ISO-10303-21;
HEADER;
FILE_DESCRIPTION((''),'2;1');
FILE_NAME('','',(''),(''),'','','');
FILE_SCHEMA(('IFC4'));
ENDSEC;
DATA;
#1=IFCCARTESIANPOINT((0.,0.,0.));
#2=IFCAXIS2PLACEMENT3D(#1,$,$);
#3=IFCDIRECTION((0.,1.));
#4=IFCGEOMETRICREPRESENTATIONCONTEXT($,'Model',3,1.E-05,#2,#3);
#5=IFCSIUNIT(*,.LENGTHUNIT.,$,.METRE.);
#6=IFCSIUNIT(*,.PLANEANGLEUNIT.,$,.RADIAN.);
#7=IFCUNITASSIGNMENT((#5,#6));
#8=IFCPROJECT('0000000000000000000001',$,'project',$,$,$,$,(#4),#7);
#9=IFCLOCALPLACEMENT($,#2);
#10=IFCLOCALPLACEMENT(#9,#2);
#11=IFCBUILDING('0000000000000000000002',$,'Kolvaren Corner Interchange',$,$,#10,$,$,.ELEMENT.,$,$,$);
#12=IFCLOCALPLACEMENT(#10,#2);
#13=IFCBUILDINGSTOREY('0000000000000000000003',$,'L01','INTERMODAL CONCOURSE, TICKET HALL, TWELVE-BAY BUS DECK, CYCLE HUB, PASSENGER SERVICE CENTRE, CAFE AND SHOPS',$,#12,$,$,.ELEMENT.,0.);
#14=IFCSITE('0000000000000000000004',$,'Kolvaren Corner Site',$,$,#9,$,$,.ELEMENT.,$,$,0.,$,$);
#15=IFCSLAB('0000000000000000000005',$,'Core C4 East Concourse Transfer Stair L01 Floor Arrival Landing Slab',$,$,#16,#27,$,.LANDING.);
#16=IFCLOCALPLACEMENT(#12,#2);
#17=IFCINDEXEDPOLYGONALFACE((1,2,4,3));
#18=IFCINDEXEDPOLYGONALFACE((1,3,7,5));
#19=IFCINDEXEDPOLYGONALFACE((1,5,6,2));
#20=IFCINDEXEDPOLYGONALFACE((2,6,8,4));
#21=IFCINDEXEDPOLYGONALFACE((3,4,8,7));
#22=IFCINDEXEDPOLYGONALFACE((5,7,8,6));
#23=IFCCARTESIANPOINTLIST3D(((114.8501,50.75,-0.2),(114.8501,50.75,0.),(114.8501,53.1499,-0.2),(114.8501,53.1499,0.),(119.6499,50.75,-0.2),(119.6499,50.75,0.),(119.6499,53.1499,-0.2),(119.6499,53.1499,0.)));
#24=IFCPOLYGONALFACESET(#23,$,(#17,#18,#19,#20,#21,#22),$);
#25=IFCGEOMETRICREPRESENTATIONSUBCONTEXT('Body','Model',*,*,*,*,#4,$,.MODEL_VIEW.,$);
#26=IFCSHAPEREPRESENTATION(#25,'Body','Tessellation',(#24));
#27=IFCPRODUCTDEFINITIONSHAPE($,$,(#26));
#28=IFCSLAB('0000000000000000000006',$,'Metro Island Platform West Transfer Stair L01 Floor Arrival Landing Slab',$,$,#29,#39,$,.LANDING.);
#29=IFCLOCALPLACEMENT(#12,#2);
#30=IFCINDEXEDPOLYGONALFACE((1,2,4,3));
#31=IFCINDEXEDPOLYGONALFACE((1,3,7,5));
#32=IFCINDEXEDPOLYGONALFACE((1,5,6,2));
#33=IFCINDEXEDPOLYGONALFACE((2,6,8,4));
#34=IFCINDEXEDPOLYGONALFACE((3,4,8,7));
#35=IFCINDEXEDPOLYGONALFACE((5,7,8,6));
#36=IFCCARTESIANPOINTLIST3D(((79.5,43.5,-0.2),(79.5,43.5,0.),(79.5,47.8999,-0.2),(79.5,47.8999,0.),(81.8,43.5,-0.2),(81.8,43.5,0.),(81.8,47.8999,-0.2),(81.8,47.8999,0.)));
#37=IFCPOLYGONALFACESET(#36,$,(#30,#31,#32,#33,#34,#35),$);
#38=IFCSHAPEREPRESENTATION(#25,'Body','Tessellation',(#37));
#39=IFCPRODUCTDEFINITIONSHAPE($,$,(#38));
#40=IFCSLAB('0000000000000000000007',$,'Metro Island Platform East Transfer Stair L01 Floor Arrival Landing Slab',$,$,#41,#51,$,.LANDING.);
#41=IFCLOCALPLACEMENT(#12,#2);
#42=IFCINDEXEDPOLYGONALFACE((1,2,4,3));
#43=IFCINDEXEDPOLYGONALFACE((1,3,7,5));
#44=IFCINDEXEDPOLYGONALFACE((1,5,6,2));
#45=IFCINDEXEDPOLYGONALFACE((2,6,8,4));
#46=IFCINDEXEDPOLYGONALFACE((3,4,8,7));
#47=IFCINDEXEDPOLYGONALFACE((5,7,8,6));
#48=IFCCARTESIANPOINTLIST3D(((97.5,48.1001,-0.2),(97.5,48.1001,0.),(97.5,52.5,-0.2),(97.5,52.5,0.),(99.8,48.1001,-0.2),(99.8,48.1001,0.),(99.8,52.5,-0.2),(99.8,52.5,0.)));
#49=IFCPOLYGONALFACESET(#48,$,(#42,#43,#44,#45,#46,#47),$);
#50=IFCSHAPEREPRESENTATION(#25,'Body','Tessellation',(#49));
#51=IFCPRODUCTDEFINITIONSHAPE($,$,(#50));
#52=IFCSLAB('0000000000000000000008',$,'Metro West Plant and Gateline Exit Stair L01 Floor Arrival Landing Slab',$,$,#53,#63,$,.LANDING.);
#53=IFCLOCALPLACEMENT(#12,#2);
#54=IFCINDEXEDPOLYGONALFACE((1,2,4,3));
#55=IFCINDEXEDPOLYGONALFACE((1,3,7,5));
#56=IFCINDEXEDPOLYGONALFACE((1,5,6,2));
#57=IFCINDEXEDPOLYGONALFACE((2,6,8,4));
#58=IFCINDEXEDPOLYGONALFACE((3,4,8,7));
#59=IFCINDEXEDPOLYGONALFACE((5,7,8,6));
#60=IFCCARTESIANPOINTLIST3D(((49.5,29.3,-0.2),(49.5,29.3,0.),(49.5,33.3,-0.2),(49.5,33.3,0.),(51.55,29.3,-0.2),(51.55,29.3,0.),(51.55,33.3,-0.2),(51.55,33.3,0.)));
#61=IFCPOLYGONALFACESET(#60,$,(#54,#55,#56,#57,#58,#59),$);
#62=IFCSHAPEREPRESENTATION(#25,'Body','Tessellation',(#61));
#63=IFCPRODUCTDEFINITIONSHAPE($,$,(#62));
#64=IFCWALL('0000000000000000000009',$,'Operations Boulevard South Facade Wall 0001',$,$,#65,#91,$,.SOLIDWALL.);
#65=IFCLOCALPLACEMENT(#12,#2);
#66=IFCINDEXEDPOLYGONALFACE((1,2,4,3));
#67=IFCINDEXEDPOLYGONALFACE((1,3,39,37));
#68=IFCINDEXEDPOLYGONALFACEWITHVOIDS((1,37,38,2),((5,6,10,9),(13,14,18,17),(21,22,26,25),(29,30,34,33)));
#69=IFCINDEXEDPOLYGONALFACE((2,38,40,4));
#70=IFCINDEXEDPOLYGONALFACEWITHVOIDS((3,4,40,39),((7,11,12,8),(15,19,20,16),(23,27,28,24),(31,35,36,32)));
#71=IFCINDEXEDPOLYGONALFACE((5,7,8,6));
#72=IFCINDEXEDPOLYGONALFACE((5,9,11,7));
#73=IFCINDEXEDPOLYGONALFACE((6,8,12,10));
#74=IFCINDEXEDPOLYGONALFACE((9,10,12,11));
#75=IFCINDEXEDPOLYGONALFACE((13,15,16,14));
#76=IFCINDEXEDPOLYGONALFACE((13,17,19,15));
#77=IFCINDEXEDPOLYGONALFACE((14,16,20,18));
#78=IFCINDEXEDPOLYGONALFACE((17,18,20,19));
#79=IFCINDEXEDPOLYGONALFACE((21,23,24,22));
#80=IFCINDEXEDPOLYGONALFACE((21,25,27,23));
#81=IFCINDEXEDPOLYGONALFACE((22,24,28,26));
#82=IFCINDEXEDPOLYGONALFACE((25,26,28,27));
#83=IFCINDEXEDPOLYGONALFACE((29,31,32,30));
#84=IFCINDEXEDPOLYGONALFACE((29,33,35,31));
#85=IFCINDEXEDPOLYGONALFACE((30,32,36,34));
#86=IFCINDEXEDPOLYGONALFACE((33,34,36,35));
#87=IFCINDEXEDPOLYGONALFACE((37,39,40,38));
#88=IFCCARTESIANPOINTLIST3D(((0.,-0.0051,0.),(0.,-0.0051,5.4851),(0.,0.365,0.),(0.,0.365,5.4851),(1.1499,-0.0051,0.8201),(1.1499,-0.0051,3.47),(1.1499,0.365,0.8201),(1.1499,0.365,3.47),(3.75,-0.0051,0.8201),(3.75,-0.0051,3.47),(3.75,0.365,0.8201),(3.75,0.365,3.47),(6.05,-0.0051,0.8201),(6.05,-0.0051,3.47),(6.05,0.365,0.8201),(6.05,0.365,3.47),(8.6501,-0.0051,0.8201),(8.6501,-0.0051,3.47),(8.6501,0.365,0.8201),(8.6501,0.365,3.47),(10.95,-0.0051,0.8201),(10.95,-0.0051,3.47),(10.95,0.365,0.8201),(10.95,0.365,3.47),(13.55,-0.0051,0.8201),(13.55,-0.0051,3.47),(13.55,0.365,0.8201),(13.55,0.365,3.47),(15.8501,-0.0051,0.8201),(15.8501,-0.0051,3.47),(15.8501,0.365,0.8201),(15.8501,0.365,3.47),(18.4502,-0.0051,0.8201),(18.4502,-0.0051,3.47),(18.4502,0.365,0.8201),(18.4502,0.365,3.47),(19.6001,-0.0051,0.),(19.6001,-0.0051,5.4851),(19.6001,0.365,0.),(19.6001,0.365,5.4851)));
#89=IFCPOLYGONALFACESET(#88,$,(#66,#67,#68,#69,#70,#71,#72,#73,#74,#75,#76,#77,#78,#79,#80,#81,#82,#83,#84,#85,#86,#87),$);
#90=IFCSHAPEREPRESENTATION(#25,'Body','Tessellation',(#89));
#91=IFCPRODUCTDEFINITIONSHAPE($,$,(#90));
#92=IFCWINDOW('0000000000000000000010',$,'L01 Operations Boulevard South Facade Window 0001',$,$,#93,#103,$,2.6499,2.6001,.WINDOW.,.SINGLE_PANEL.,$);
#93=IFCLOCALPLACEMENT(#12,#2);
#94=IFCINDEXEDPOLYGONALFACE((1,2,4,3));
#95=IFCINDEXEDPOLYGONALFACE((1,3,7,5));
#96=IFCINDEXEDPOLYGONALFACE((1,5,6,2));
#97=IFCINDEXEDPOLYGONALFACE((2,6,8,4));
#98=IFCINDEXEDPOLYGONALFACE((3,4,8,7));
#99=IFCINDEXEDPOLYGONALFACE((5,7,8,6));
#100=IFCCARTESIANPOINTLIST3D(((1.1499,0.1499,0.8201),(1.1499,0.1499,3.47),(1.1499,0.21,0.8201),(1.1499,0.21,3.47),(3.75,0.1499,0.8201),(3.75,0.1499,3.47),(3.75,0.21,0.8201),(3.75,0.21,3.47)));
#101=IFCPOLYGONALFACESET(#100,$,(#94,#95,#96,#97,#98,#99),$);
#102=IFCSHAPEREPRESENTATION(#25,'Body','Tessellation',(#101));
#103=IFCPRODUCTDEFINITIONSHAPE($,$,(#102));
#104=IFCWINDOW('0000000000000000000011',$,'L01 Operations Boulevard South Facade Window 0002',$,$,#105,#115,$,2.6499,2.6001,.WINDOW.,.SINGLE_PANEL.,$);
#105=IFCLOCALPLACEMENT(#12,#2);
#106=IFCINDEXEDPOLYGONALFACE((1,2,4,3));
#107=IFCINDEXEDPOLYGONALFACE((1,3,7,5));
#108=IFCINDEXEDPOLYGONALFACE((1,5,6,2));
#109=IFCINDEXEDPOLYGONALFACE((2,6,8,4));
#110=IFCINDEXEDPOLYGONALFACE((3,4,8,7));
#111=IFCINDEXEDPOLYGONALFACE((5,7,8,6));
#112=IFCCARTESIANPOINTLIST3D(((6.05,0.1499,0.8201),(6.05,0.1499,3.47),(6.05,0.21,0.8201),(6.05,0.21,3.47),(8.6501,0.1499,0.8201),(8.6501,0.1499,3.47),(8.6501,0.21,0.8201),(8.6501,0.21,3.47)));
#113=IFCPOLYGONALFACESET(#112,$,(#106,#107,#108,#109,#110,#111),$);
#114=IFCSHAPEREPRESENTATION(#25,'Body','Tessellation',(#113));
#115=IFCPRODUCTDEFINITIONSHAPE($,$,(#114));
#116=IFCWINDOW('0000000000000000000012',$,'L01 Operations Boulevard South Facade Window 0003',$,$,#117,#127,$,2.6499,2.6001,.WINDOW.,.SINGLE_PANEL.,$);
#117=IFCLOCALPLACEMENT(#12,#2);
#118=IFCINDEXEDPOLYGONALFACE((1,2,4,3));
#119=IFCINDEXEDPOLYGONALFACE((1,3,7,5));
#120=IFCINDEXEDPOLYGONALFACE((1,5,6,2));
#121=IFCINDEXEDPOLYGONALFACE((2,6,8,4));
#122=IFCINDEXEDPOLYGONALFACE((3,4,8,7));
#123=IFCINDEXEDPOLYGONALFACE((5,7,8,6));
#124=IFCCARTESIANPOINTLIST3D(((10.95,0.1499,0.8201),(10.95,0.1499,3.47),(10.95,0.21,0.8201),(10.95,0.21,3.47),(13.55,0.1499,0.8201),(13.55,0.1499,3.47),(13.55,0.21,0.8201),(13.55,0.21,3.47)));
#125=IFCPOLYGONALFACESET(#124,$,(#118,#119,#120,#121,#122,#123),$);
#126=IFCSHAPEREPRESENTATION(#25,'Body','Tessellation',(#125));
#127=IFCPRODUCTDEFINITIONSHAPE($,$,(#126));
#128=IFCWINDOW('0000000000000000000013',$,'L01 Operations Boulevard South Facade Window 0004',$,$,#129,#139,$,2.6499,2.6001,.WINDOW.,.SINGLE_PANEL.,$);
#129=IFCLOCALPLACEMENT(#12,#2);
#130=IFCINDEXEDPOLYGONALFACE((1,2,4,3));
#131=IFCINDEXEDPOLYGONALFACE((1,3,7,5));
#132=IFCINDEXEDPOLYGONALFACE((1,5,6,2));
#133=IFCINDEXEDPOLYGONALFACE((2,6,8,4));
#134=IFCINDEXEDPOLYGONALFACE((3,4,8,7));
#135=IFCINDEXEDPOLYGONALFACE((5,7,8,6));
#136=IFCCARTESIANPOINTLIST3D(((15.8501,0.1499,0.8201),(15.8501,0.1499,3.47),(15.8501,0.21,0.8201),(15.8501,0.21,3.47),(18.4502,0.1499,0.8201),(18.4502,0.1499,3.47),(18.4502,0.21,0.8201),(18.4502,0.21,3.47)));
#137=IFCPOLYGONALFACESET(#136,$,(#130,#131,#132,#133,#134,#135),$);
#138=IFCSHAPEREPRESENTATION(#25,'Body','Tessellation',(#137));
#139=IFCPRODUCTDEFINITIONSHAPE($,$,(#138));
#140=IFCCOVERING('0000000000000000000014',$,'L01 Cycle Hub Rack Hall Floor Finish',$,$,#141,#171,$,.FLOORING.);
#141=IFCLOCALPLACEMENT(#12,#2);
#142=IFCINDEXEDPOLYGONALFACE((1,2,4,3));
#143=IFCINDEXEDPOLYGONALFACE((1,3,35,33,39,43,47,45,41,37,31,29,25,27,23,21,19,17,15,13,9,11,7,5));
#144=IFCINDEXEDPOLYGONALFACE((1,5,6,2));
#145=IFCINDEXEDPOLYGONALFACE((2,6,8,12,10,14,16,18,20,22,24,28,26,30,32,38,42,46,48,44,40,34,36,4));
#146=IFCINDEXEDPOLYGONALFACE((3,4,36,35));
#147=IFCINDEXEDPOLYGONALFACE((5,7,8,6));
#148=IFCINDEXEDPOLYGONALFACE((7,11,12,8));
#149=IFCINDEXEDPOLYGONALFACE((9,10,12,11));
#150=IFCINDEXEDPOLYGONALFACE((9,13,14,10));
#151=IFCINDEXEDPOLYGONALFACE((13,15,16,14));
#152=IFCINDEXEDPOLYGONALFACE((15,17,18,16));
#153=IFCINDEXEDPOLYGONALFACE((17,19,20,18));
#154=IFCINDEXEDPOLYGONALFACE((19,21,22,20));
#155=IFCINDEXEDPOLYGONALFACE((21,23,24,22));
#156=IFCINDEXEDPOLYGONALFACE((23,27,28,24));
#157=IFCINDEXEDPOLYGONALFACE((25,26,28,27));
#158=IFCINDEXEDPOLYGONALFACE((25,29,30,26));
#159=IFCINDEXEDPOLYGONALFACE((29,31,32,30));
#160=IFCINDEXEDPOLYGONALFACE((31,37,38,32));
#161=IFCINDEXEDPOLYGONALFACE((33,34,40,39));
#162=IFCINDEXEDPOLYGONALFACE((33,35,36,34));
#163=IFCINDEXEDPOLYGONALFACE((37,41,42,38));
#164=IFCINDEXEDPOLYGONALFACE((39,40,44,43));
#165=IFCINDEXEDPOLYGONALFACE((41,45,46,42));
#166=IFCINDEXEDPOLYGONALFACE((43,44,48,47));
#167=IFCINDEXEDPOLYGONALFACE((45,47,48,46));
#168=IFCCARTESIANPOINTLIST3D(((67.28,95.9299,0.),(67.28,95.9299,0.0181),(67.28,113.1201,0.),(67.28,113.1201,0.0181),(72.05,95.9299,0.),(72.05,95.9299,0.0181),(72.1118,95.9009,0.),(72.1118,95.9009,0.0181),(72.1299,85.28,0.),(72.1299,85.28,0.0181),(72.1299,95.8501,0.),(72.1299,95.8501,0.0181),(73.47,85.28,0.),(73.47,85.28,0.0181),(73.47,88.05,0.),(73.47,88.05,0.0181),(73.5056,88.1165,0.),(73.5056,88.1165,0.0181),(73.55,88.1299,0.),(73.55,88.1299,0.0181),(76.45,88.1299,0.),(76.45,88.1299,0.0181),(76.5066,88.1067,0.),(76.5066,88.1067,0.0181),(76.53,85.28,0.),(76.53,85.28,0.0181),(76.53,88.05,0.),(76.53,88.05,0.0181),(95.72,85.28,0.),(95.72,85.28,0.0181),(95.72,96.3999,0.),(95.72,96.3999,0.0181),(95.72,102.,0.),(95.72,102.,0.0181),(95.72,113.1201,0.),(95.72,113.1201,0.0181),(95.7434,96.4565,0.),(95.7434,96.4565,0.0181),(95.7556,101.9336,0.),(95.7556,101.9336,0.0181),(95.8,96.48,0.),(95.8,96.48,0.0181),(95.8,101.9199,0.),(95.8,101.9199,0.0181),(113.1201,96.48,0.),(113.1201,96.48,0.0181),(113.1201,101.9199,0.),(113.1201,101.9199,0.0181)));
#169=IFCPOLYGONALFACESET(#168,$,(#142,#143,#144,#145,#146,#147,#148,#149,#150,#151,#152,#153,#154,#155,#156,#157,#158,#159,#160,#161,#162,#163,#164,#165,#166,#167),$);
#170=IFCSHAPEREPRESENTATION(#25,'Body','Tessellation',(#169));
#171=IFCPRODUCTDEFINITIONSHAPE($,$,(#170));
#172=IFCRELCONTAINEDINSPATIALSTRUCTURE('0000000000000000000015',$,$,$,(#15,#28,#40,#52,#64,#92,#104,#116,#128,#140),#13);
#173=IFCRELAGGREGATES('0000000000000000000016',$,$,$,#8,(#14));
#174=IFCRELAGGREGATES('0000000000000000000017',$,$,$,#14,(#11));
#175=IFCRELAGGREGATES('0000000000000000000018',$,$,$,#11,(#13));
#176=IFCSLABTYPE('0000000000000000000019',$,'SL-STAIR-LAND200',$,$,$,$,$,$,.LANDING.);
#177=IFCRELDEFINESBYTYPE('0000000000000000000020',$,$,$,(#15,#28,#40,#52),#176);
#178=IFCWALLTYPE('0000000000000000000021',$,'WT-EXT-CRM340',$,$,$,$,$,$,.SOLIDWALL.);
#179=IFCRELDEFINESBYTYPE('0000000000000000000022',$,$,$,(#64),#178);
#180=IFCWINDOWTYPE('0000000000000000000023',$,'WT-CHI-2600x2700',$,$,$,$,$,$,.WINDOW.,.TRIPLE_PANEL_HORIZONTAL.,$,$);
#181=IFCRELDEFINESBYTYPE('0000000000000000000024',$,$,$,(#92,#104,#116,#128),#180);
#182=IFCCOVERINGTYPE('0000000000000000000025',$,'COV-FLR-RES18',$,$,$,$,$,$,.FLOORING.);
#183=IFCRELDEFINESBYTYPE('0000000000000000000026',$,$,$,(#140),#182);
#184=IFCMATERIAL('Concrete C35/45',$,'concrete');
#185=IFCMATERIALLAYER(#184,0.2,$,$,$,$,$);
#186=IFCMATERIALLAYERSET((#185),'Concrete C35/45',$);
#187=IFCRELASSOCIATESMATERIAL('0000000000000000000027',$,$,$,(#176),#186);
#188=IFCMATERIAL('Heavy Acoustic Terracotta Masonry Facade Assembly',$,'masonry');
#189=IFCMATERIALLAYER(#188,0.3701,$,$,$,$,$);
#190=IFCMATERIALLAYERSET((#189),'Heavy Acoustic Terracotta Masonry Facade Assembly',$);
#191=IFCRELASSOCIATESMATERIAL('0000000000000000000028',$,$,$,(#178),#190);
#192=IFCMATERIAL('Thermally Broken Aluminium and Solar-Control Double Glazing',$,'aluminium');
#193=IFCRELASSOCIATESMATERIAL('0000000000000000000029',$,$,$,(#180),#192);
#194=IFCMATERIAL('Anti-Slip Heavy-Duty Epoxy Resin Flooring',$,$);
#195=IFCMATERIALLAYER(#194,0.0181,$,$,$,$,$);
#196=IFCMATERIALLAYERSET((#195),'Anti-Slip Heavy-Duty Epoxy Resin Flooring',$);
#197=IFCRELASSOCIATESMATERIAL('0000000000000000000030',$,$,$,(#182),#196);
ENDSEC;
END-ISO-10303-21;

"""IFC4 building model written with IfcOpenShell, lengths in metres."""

from ifc_helpers import new_model, si_unit, direction, frame, frame_2d, origin, place, context, subcontext, project, spatial, polyline, rectangle, outline, extrude, material, layer, layer_set, type_object, element, fill, save


model = new_model("IFC4")

# Units and contexts
model_context = context("Model", 3, precision=1e-05, world=origin(), true_north=direction((0.0, 1.0)))
body_context = subcontext(model_context, "Body", "Model", "MODEL_VIEW")
ifc_project = project(units=[si_unit("LENGTHUNIT", "METRE"), si_unit("PLANEANGLEUNIT", "RADIAN")], contexts=[model_context])

# Site, building, storey
site_placement = place(None, origin())
site = spatial("IfcSite", under=ifc_project, at=site_placement, Name="Kolvaren Corner Site", CompositionType="ELEMENT", RefElevation=0.0)
building_placement = place(site_placement, origin())
building = spatial("IfcBuilding", under=site, at=building_placement, Name="Kolvaren Corner Interchange", CompositionType="ELEMENT")
storey_placement = place(building_placement, origin())
storey = spatial("IfcBuildingStorey", under=building, at=storey_placement, Name="L01", Description="INTERMODAL CONCOURSE, TICKET HALL, TWELVE-BAY BUS DECK, CYCLE HUB, PASSENGER SERVICE CENTRE, CAFE AND SHOPS", CompositionType="ELEMENT", Elevation=0.0)

# Slabs
ifc_material_1 = material(Name="Concrete C35/45", Category="concrete")
ifc_layer_1 = layer(ifc_material_1, 0.2)
ifc_layer_set_1 = layer_set([ifc_layer_1], Name="Concrete C35/45")
slab_type = type_object("IfcSlabType", Name="SL-STAIR-LAND200", PredefinedType="LANDING", material=ifc_layer_set_1)
slab_1_placement = place(storey_placement, frame((0.0, 0.0, -0.2)))
element("IfcSlab", 1, at=slab_1_placement, inside=storey, type_object=slab_type, Name="Core C4 East Concourse Transfer Stair L01 Floor Arrival Landing Slab", PredefinedType="LANDING", context=body_context, shape_type="SweptSolid", body=[
    extrude(outline(polyline([(119.6499, 50.75), (119.6499, 53.1499), (114.8501, 53.1499), (114.8501, 50.75), (119.6499, 50.75)])), origin(), (0.0, 0.0, 1.0), 0.2),
])
slab_2_placement = place(storey_placement, frame((0.0, 0.0, -0.2)))
element("IfcSlab", 2, at=slab_2_placement, inside=storey, type_object=slab_type, Name="Metro Island Platform West Transfer Stair L01 Floor Arrival Landing Slab", PredefinedType="LANDING", context=body_context, shape_type="SweptSolid", body=[
    extrude(outline(polyline([(79.5, 43.5), (81.8, 43.5), (81.8, 47.8999), (79.5, 47.8999), (79.5, 43.5)])), origin(), (0.0, 0.0, 1.0), 0.2),
])
slab_3_placement = place(storey_placement, frame((0.0, 0.0, -0.2)))
element("IfcSlab", 3, at=slab_3_placement, inside=storey, type_object=slab_type, Name="Metro Island Platform East Transfer Stair L01 Floor Arrival Landing Slab", PredefinedType="LANDING", context=body_context, shape_type="SweptSolid", body=[
    extrude(outline(polyline([(97.5, 48.1001), (99.8, 48.1001), (99.8, 52.5), (97.5, 52.5), (97.5, 48.1001)])), origin(), (0.0, 0.0, 1.0), 0.2),
])
slab_4_placement = place(storey_placement, frame((0.0, 0.0, -0.2)))
element("IfcSlab", 4, at=slab_4_placement, inside=storey, type_object=slab_type, Name="Metro West Plant and Gateline Exit Stair L01 Floor Arrival Landing Slab", PredefinedType="LANDING", context=body_context, shape_type="SweptSolid", body=[
    extrude(outline(polyline([(49.5, 29.3), (51.55, 29.3), (51.55, 33.3), (49.5, 33.3), (49.5, 29.3)])), origin(), (0.0, 0.0, 1.0), 0.2),
])

# Wall, openings, windows
ifc_material_2 = material(Name="Heavy Acoustic Terracotta Masonry Facade Assembly", Category="masonry")
ifc_layer_2 = layer(ifc_material_2, 0.3701)
ifc_layer_set_2 = layer_set([ifc_layer_2], Name="Heavy Acoustic Terracotta Masonry Facade Assembly")
wall_type = type_object("IfcWallType", Name="WT-EXT-CRM340", PredefinedType="SOLIDWALL", material=ifc_layer_set_2)
wall_placement = place(storey_placement, frame((0.0, 0.1799, 0.0), z_axis=(0.0, 0.0, 1.0), x_axis=(1.0, 0.0, 0.0)))
wall = element("IfcWall", 5, at=wall_placement, inside=storey, type_object=wall_type, Name="Operations Boulevard South Facade Wall 0001", PredefinedType="SOLIDWALL", context=body_context, shape_type="SweptSolid", body=[
    extrude(rectangle(XDim=19.6001, YDim=0.3701, at=frame_2d((9.8, 0.0))), origin(), (0.0, 0.0, 1.0), 5.4851),
])
opening_1_placement = place(wall_placement, frame((1.1499, 0.0, 0.8201)))
opening_1 = element("IfcOpeningElement", 6, at=opening_1_placement, cuts=wall, PredefinedType="OPENING", context=body_context, shape_type="SweptSolid", body=[
    extrude(rectangle(XDim=2.6001, YDim=2.6499, at=frame_2d((1.3, 1.325))), frame((0.0, 0.1951, 0.0), z_axis=(0.0, -1.0, 0.0), x_axis=(1.0, 0.0, 0.0)), (0.0, 0.0, 1.0), 0.3901),
])
opening_2_placement = place(wall_placement, frame((6.05, 0.0, 0.8201)))
opening_2 = element("IfcOpeningElement", 7, at=opening_2_placement, cuts=wall, PredefinedType="OPENING", context=body_context, shape_type="SweptSolid", body=[
    extrude(rectangle(XDim=2.6001, YDim=2.6499, at=frame_2d((1.3, 1.325))), frame((0.0, 0.1951, 0.0), z_axis=(0.0, -1.0, 0.0), x_axis=(1.0, 0.0, 0.0)), (0.0, 0.0, 1.0), 0.3901),
])
opening_3_placement = place(wall_placement, frame((10.95, 0.0, 0.8201)))
opening_3 = element("IfcOpeningElement", 8, at=opening_3_placement, cuts=wall, PredefinedType="OPENING", context=body_context, shape_type="SweptSolid", body=[
    extrude(rectangle(XDim=2.6001, YDim=2.6499, at=frame_2d((1.3, 1.325))), frame((0.0, 0.1951, 0.0), z_axis=(0.0, -1.0, 0.0), x_axis=(1.0, 0.0, 0.0)), (0.0, 0.0, 1.0), 0.3901),
])
opening_4_placement = place(wall_placement, frame((15.8501, 0.0, 0.8201)))
opening_4 = element("IfcOpeningElement", 9, at=opening_4_placement, cuts=wall, PredefinedType="OPENING", context=body_context, shape_type="SweptSolid", body=[
    extrude(rectangle(XDim=2.6001, YDim=2.6499, at=frame_2d((1.3, 1.325))), frame((0.0, 0.1951, 0.0), z_axis=(0.0, -1.0, 0.0), x_axis=(1.0, 0.0, 0.0)), (0.0, 0.0, 1.0), 0.3901),
])
ifc_material_3 = material(Name="Thermally Broken Aluminium and Solar-Control Double Glazing", Category="aluminium")
window_type = type_object("IfcWindowType", Name="WT-CHI-2600x2700", PartitioningType="TRIPLE_PANEL_HORIZONTAL", PredefinedType="WINDOW", material=ifc_material_3)
window_1_placement = place(opening_1_placement, origin())
window_1 = element("IfcWindow", 10, at=window_1_placement, inside=storey, type_object=window_type, Name="L01 Operations Boulevard South Facade Window 0001", OverallHeight=2.6499, OverallWidth=2.6001, PartitioningType="SINGLE_PANEL", PredefinedType="WINDOW", context=body_context, shape_type="SweptSolid", body=[
    extrude(rectangle(XDim=2.6001, YDim=2.6499, at=frame_2d((1.3, 1.325))), frame((0.0, 0.03, 0.0), z_axis=(0.0, -1.0, 0.0), x_axis=(1.0, 0.0, 0.0)), (0.0, 0.0, 1.0), 0.0601),
])
fill(opening_1, window_1)
window_2_placement = place(opening_2_placement, origin())
window_2 = element("IfcWindow", 11, at=window_2_placement, inside=storey, type_object=window_type, Name="L01 Operations Boulevard South Facade Window 0002", OverallHeight=2.6499, OverallWidth=2.6001, PartitioningType="SINGLE_PANEL", PredefinedType="WINDOW", context=body_context, shape_type="SweptSolid", body=[
    extrude(rectangle(XDim=2.6001, YDim=2.6499, at=frame_2d((1.3, 1.325))), frame((0.0, 0.03, 0.0), z_axis=(0.0, -1.0, 0.0), x_axis=(1.0, 0.0, 0.0)), (0.0, 0.0, 1.0), 0.0601),
])
fill(opening_2, window_2)
window_3_placement = place(opening_3_placement, origin())
window_3 = element("IfcWindow", 12, at=window_3_placement, inside=storey, type_object=window_type, Name="L01 Operations Boulevard South Facade Window 0003", OverallHeight=2.6499, OverallWidth=2.6001, PartitioningType="SINGLE_PANEL", PredefinedType="WINDOW", context=body_context, shape_type="SweptSolid", body=[
    extrude(rectangle(XDim=2.6001, YDim=2.6499, at=frame_2d((1.3, 1.325))), frame((0.0, 0.03, 0.0), z_axis=(0.0, -1.0, 0.0), x_axis=(1.0, 0.0, 0.0)), (0.0, 0.0, 1.0), 0.0601),
])
fill(opening_3, window_3)
window_4_placement = place(opening_4_placement, origin())
window_4 = element("IfcWindow", 13, at=window_4_placement, inside=storey, type_object=window_type, Name="L01 Operations Boulevard South Facade Window 0004", OverallHeight=2.6499, OverallWidth=2.6001, PartitioningType="SINGLE_PANEL", PredefinedType="WINDOW", context=body_context, shape_type="SweptSolid", body=[
    extrude(rectangle(XDim=2.6001, YDim=2.6499, at=frame_2d((1.3, 1.325))), frame((0.0, 0.03, 0.0), z_axis=(0.0, -1.0, 0.0), x_axis=(1.0, 0.0, 0.0)), (0.0, 0.0, 1.0), 0.0601),
])
fill(opening_4, window_4)

# Covering
ifc_material_4 = material(Name="Anti-Slip Heavy-Duty Epoxy Resin Flooring")
ifc_layer_3 = layer(ifc_material_4, 0.0181)
ifc_layer_set_3 = layer_set([ifc_layer_3], Name="Anti-Slip Heavy-Duty Epoxy Resin Flooring")
covering_type_1 = type_object("IfcCoveringType", Name="COV-FLR-RES18", PredefinedType="FLOORING", material=ifc_layer_set_3)
covering_1_placement = place(storey_placement, origin())
element("IfcCovering", 14, at=covering_1_placement, inside=storey, type_object=covering_type_1, Name="L01 Cycle Hub Rack Hall Floor Finish", PredefinedType="FLOORING", context=body_context, shape_type="SweptSolid", body=[
    extrude(outline(polyline([(76.53, 85.28), (95.72, 85.28), (95.72, 96.3999), (95.7434, 96.4565), (95.8, 96.48), (113.1201, 96.48), (113.1201, 101.9199), (95.8, 101.9199), (95.7556, 101.9336), (95.72, 102.0), (95.72, 113.1201), (67.28, 113.1201), (67.28, 95.9299), (72.05, 95.9299), (72.1118, 95.9009), (72.1299, 95.8501), (72.1299, 85.28), (73.47, 85.28), (73.47, 88.05), (73.5056, 88.1165), (73.55, 88.1299), (76.45, 88.1299), (76.5066, 88.1067), (76.53, 88.05), (76.53, 85.28)])), origin(), (0.0, 0.0, 1.0), 0.0181),
])

save(model, "model.ifc")
